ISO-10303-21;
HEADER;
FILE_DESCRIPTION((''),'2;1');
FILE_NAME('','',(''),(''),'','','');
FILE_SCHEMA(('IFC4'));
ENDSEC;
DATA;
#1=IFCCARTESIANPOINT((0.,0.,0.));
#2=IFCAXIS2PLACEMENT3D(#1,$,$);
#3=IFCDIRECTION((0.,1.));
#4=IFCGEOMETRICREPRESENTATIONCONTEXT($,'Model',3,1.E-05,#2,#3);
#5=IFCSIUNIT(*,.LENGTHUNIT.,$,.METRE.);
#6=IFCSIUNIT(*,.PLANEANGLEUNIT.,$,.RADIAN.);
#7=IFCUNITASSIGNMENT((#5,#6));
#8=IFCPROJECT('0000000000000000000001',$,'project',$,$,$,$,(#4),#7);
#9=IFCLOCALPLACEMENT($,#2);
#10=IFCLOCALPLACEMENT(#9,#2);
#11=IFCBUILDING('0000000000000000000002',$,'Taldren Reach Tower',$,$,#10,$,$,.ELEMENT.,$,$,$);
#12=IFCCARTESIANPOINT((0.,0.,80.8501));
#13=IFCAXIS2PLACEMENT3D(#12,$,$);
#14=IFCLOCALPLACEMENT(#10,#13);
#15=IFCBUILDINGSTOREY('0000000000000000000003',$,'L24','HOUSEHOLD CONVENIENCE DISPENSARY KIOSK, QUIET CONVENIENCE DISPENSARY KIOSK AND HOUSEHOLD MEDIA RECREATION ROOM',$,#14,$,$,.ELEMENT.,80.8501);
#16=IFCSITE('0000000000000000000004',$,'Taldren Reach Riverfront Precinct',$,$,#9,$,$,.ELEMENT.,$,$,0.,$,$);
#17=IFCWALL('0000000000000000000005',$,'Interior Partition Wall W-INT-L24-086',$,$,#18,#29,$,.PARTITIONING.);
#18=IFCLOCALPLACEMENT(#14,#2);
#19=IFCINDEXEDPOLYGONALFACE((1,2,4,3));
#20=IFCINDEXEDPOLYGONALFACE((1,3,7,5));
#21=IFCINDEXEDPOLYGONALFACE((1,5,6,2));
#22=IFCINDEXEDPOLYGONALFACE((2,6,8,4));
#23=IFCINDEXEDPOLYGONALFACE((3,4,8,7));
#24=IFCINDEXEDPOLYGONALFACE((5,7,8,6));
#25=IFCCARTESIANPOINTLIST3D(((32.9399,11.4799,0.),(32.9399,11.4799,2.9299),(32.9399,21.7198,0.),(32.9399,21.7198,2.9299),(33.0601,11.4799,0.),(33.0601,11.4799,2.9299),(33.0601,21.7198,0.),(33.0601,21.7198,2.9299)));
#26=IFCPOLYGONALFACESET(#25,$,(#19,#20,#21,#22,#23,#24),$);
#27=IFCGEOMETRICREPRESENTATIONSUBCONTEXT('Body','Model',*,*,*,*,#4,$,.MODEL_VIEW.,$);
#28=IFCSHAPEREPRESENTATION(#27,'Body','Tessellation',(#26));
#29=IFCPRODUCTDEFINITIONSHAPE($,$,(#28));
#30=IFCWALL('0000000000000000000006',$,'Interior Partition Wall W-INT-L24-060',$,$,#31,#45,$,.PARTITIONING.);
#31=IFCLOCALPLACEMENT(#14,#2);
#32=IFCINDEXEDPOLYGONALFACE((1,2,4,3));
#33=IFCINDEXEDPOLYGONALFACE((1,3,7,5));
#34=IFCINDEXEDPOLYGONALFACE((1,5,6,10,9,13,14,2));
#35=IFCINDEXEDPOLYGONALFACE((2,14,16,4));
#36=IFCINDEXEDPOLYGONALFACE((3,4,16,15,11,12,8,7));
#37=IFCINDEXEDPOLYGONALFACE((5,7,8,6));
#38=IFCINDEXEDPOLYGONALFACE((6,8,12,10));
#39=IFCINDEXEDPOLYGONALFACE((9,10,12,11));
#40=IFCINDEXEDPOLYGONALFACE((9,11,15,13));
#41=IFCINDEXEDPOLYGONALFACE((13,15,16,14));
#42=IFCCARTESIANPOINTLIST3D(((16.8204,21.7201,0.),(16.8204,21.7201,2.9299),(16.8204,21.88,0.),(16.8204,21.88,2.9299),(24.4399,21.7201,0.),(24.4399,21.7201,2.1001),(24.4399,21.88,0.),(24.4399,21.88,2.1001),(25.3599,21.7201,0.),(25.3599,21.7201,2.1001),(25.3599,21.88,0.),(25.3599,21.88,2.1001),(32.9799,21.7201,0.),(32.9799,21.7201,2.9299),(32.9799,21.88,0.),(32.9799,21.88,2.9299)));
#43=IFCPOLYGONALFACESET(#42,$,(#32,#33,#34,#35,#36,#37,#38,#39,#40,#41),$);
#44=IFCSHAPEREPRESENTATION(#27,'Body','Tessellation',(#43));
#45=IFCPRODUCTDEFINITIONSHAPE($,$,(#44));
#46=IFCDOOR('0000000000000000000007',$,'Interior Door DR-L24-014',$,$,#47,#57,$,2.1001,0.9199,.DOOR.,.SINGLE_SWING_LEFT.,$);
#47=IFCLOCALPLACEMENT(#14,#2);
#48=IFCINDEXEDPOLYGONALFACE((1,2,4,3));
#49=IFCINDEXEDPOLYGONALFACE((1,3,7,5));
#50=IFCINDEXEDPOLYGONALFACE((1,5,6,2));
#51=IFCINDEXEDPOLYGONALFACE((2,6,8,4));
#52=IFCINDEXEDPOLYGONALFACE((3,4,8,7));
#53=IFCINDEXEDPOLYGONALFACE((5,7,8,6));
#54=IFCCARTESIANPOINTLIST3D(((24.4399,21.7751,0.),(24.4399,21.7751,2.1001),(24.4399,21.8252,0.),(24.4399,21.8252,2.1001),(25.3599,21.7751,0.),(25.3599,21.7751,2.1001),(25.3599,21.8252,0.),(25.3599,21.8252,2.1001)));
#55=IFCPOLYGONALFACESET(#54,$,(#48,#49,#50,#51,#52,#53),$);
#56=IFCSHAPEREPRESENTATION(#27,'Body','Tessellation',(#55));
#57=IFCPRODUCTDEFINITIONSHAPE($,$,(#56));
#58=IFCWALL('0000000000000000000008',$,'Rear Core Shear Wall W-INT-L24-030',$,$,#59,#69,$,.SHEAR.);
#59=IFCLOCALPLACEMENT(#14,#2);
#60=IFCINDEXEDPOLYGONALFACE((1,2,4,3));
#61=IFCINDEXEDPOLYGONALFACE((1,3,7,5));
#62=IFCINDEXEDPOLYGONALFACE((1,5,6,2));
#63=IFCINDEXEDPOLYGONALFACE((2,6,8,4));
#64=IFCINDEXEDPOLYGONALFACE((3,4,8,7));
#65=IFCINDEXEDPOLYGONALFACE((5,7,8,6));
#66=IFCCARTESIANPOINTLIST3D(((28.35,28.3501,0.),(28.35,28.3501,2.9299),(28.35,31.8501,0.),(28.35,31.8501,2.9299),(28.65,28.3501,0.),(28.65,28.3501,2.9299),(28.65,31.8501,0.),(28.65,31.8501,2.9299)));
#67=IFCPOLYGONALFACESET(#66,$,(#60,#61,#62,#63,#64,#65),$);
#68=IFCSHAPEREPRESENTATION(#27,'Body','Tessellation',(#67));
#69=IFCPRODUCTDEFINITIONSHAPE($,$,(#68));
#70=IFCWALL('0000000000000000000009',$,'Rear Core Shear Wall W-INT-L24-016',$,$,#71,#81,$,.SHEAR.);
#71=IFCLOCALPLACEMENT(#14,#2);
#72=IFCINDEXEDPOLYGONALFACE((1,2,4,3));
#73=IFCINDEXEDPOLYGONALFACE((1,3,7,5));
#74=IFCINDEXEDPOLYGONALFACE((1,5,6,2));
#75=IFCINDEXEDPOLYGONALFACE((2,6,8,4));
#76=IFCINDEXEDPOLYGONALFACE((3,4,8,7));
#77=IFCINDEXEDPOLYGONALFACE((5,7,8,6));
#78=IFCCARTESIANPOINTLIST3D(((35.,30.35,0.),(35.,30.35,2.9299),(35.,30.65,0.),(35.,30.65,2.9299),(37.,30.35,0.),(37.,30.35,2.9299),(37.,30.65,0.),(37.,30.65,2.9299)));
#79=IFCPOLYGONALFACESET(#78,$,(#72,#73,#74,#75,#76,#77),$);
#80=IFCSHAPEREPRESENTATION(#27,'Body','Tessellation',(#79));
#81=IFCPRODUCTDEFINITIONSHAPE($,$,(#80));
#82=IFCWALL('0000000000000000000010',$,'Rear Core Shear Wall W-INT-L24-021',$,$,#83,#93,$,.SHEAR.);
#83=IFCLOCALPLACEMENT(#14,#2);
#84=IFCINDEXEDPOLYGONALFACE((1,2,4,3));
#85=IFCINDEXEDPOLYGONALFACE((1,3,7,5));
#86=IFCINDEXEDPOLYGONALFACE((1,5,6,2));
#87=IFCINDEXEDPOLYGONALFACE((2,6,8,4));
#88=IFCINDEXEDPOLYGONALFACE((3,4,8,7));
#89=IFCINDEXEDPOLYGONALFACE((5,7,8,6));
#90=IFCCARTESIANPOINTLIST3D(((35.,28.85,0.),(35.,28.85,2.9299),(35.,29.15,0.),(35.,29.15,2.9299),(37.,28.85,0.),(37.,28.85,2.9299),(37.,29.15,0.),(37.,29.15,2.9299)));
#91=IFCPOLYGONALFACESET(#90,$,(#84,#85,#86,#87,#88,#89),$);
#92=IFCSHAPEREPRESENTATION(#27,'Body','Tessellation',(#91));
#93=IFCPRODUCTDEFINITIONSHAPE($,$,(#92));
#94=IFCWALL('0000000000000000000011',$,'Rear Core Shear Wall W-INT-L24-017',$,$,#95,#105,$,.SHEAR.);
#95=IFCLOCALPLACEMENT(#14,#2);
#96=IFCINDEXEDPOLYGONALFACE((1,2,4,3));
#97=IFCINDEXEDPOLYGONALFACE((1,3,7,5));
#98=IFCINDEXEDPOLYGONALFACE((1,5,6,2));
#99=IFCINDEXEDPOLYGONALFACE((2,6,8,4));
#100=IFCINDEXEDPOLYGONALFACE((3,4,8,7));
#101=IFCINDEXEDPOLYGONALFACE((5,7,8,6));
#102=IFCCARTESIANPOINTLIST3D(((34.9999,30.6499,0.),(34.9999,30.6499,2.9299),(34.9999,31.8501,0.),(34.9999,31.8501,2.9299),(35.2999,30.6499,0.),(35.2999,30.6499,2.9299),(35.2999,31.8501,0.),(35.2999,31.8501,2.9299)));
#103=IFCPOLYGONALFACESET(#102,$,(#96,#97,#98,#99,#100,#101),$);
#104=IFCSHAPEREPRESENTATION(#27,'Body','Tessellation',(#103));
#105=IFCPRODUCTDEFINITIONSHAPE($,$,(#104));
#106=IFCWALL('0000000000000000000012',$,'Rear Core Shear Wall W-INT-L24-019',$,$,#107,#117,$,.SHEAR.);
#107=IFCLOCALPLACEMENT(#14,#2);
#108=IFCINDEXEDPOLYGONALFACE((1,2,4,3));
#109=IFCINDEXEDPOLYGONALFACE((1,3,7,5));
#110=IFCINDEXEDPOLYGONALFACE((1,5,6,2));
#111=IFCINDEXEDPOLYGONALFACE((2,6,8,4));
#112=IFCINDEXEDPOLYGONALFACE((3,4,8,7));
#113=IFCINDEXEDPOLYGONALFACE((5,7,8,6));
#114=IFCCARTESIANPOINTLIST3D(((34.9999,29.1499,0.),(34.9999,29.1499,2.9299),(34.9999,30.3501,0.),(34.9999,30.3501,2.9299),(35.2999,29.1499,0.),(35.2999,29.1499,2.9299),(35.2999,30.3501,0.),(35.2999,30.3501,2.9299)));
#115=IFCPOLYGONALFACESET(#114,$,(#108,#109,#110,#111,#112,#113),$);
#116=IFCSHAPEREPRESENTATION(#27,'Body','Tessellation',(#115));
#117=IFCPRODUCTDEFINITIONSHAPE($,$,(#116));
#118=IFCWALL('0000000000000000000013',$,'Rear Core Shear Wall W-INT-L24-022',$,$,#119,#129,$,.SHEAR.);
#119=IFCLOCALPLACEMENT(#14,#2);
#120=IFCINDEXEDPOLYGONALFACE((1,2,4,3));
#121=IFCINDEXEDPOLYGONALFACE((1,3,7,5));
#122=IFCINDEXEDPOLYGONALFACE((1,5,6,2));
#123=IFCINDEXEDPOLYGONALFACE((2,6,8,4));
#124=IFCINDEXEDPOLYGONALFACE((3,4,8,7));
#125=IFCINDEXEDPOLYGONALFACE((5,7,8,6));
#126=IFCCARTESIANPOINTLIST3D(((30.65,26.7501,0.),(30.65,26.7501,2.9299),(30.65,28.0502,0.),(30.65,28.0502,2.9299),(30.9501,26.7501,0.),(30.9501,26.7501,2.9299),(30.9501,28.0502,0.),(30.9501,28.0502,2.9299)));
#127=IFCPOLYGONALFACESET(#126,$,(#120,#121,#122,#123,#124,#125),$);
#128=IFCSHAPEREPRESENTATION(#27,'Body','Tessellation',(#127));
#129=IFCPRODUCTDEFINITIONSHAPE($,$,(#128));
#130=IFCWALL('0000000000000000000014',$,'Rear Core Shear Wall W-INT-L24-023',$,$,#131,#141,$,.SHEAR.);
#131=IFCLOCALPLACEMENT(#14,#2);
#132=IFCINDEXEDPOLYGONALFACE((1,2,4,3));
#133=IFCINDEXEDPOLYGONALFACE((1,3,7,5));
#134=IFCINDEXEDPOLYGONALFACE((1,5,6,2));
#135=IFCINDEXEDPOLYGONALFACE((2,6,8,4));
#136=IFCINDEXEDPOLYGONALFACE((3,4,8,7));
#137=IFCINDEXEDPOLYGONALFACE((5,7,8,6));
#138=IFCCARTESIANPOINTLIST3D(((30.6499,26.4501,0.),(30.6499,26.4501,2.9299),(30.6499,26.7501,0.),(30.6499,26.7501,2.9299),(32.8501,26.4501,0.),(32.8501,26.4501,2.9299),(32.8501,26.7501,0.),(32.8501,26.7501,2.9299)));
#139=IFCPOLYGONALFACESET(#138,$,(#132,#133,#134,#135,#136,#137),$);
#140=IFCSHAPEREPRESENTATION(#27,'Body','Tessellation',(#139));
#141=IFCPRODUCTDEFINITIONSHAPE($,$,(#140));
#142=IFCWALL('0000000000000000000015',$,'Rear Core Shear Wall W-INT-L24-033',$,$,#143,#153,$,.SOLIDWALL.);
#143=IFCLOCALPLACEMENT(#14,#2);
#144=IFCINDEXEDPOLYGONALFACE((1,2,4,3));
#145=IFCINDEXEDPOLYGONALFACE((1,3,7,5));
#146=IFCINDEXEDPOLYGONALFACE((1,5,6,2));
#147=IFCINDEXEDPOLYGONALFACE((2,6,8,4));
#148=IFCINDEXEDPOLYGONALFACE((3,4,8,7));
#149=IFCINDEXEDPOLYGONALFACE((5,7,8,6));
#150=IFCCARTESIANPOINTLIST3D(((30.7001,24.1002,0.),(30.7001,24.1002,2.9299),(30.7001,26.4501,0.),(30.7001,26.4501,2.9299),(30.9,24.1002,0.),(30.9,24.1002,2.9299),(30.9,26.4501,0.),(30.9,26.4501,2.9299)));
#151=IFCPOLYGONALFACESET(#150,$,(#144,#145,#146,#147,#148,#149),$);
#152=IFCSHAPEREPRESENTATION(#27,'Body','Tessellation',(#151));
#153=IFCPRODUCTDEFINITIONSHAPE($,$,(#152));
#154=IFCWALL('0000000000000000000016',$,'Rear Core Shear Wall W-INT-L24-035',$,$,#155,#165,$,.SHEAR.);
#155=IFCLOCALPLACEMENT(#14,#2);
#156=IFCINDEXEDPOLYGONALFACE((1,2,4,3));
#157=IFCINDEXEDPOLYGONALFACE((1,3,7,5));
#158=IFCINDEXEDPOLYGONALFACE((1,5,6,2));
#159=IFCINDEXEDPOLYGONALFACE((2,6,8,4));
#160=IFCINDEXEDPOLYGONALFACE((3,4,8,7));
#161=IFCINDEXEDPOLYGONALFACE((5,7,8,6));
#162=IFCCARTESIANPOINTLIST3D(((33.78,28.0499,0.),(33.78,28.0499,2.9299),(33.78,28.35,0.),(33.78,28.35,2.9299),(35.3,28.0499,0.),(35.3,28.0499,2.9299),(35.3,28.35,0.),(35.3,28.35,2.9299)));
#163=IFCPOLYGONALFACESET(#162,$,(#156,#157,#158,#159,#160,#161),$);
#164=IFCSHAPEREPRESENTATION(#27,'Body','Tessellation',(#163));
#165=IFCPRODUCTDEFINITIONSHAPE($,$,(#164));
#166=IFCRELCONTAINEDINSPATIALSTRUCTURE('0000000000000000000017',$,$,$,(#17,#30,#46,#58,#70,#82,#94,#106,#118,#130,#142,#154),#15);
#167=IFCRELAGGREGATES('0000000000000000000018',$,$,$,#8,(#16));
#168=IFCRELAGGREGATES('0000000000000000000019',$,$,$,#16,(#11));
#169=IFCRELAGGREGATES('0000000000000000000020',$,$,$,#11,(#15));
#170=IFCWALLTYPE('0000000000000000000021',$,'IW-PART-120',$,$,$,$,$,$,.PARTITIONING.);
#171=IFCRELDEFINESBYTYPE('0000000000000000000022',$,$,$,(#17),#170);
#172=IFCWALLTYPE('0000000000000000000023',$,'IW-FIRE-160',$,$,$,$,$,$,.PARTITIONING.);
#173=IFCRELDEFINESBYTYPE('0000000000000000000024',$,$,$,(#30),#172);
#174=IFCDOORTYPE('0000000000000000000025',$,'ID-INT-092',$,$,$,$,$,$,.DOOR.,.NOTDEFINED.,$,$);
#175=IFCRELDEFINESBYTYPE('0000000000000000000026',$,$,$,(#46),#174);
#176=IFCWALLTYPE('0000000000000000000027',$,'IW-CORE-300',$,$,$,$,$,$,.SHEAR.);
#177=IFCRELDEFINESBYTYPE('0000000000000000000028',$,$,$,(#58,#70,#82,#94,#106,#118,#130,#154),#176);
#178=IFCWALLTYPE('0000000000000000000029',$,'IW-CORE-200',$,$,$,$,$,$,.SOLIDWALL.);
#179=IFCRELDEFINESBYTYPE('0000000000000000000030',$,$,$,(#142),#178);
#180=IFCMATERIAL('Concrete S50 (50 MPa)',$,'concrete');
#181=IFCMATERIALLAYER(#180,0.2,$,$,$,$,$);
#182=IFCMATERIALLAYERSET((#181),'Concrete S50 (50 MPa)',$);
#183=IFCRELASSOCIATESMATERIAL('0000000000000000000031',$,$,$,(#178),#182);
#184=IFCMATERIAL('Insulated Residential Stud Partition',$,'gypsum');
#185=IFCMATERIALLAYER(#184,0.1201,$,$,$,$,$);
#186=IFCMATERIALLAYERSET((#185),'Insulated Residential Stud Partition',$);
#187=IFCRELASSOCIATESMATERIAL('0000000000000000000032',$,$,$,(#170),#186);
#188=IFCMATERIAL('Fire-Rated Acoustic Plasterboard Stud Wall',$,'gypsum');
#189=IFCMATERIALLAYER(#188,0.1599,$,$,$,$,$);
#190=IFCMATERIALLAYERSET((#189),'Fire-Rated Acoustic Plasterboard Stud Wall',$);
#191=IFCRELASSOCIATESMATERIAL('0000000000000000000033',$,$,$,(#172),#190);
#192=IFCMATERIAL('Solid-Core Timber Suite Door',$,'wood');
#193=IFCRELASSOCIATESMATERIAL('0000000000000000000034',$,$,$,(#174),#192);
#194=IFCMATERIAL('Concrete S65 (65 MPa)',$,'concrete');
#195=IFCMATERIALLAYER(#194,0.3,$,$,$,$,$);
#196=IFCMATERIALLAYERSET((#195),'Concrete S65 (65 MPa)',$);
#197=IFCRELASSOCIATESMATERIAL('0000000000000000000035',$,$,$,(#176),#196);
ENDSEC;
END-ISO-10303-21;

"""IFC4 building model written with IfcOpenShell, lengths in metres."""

from ifc_helpers import new_model, si_unit, direction, frame, frame_2d, origin, place, context, subcontext, project, spatial, rectangle, extrude, source, transform, mapped, material, layer, layer_set, type_object, element, fill, save


model = new_model("IFC4")

# Units and contexts
model_context = context("Model", 3, precision=1e-05, world=origin(), true_north=direction((0.0, 1.0)))
body_context = subcontext(model_context, "Body", "Model", "MODEL_VIEW")
ifc_project = project(units=[si_unit("LENGTHUNIT", "METRE"), si_unit("PLANEANGLEUNIT", "RADIAN")], contexts=[model_context])

# Site, building, storey
site_placement = place(None, origin())
site = spatial("IfcSite", under=ifc_project, at=site_placement, Name="Taldren Reach Riverfront Precinct", CompositionType="ELEMENT", RefElevation=0.0)
building_placement = place(site_placement, origin())
building = spatial("IfcBuilding", under=site, at=building_placement, Name="Taldren Reach Tower", CompositionType="ELEMENT")
storey_placement = place(building_placement, frame((0.0, 0.0, 80.8501)))
storey = spatial("IfcBuildingStorey", under=building, at=storey_placement, Name="L24", Description="HOUSEHOLD CONVENIENCE DISPENSARY KIOSK, QUIET CONVENIENCE DISPENSARY KIOSK AND HOUSEHOLD MEDIA RECREATION ROOM", CompositionType="ELEMENT", Elevation=80.8501)

# Shared definitions
ifc_material_1 = material(Name="Concrete S65 (65 MPa)", Category="concrete")

# Shared definitions
ifc_material_2 = material(Name="Concrete S50 (50 MPa)", Category="concrete")
ifc_layer_1 = layer(ifc_material_2, 0.2)
ifc_layer_set_1 = layer_set([ifc_layer_1], Name="Concrete S50 (50 MPa)")
wall_type_1 = type_object("IfcWallType", Name="IW-CORE-200", PredefinedType="SOLIDWALL", material=ifc_layer_set_1)

# Wall
ifc_material_3 = material(Name="Insulated Residential Stud Partition", Category="gypsum")
ifc_layer_2 = layer(ifc_material_3, 0.1201)
ifc_layer_set_2 = layer_set([ifc_layer_2], Name="Insulated Residential Stud Partition")
wall_type_2 = type_object("IfcWallType", Name="IW-PART-120", PredefinedType="PARTITIONING", material=ifc_layer_set_2)
shared_shape_1 = source(origin(), body_context, "Body", "SweptSolid", [
    extrude(rectangle(XDim=10.24, YDim=0.1201, at=frame_2d((5.1201, 0.0))), origin(), (0.0, 0.0, 1.0), 2.9299),
])
wall_1_placement = place(storey_placement, frame((33.0, 21.72, 0.0), z_axis=(0.0, 0.0, 1.0), x_axis=(0.0, -1.0, 0.0)))
element("IfcWall", 1, at=wall_1_placement, inside=storey, type_object=wall_type_2, Name="Interior Partition Wall W-INT-L24-086", PredefinedType="PARTITIONING", context=body_context, shape_type="MappedRepresentation", body=[
    mapped(shared_shape_1, transform((0.0, 0.0, 0.0), scale=1.0)),
])

# Wall, opening, door
ifc_material_4 = material(Name="Fire-Rated Acoustic Plasterboard Stud Wall", Category="gypsum")
ifc_layer_3 = layer(ifc_material_4, 0.1599)
ifc_layer_set_3 = layer_set([ifc_layer_3], Name="Fire-Rated Acoustic Plasterboard Stud Wall")
wall_type_3 = type_object("IfcWallType", Name="IW-FIRE-160", PredefinedType="PARTITIONING", material=ifc_layer_set_3)
shared_shape_2 = source(origin(), body_context, "Body", "SweptSolid", [
    extrude(rectangle(XDim=16.1594, YDim=0.1599, at=frame_2d((8.0796, 0.0))), origin(), (0.0, 0.0, 1.0), 2.9299),
])
wall_2_placement = place(storey_placement, frame((32.9797, 21.8, 0.0), z_axis=(0.0, 0.0, 1.0), x_axis=(-1.0, 0.0, 0.0)))
wall_2 = element("IfcWall", 2, at=wall_2_placement, inside=storey, type_object=wall_type_3, Name="Interior Partition Wall W-INT-L24-060", PredefinedType="PARTITIONING", context=body_context, shape_type="MappedRepresentation", body=[
    mapped(shared_shape_2, transform((0.0, 0.0, 0.0), scale=1.0)),
])
shared_shape_3 = source(origin(), body_context, "Body", "SweptSolid", [
    extrude(rectangle(XDim=0.9199, YDim=2.1001, at=frame_2d((0.46, 1.05))), frame((0.0, 0.0898, 0.0), z_axis=(0.0, -1.0, 0.0), x_axis=(1.0, 0.0, 0.0)), (0.0, 0.0, 1.0), 0.1799),
])
opening_1_placement = place(wall_2_placement, frame((7.6199, 0.0, 0.0)))
opening_1 = element("IfcOpeningElement", 3, at=opening_1_placement, cuts=wall_2, PredefinedType="OPENING", context=body_context, shape_type="MappedRepresentation", body=[
    mapped(shared_shape_3, transform((0.0, 0.0, 0.0), scale=1.0)),
])
ifc_material_5 = material(Name="Solid-Core Timber Suite Door", Category="wood")
door_type_1 = type_object("IfcDoorType", Name="ID-INT-092", OperationType="NOTDEFINED", PredefinedType="DOOR", material=ifc_material_5)
shared_shape_4 = source(origin(), body_context, "Body", "SweptSolid", [
    extrude(rectangle(XDim=0.9199, YDim=2.1001, at=frame_2d((0.46, 1.05))), frame((0.0, 0.0249, 0.0), z_axis=(0.0, -1.0, 0.0), x_axis=(1.0, 0.0, 0.0)), (0.0, 0.0, 1.0), 0.05),
])
door_1_placement = place(opening_1_placement, origin())
door_1 = element("IfcDoor", 4, at=door_1_placement, inside=storey, type_object=door_type_1, Name="Interior Door DR-L24-014", OperationType="SINGLE_SWING_LEFT", OverallHeight=2.1001, OverallWidth=0.9199, PredefinedType="DOOR", context=body_context, shape_type="MappedRepresentation", body=[
    mapped(shared_shape_4, transform((0.0, 0.0, 0.0), scale=1.0)),
])
fill(opening_1, door_1)

# Walls
ifc_layer_4 = layer(ifc_material_1, 0.3)
ifc_layer_set_4 = layer_set([ifc_layer_4], Name="Concrete S65 (65 MPa)")
wall_type_4 = type_object("IfcWallType", Name="IW-CORE-300", PredefinedType="SHEAR", material=ifc_layer_set_4)
shared_shape_5 = source(origin(), body_context, "Body", "SweptSolid", [
    extrude(rectangle(XDim=3.5, YDim=0.3, at=frame_2d((1.75, 0.0))), origin(), (0.0, 0.0, 1.0), 2.9299),
])
wall_3_placement = place(storey_placement, frame((28.5, 28.3501, 0.0), z_axis=(0.0, 0.0, 1.0), x_axis=(0.0, 1.0, 0.0)))
element("IfcWall", 5, at=wall_3_placement, inside=storey, type_object=wall_type_4, Name="Rear Core Shear Wall W-INT-L24-030", PredefinedType="SHEAR", context=body_context, shape_type="MappedRepresentation", body=[
    mapped(shared_shape_5, transform((0.0, 0.0, 0.0), scale=1.0)),
])
shared_shape_6 = source(origin(), body_context, "Body", "SweptSolid", [
    extrude(rectangle(XDim=2.0, YDim=0.3, at=frame_2d((1.0, 0.0))), origin(), (0.0, 0.0, 1.0), 2.9299),
])
for number, where, z_axis, x_axis, name in (
    (6, (35.0, 30.5, 0.0), (0.0, 0.0, 1.0), (1.0, 0.0, 0.0), "Rear Core Shear Wall W-INT-L24-016"),
    (7, (35.0, 29.0, 0.0), (0.0, 0.0, 1.0), (1.0, 0.0, 0.0), "Rear Core Shear Wall W-INT-L24-021"),
):
    element("IfcWall", number, at=place(storey_placement, frame(where, z_axis=z_axis, x_axis=x_axis)), inside=storey, type_object=wall_type_4, Name=name, PredefinedType="SHEAR", context=body_context, shape_type="MappedRepresentation", body=[
        mapped(shared_shape_6, transform((0.0, 0.0, 0.0), scale=1.0)),
    ])
shared_shape_7 = source(origin(), body_context, "Body", "SweptSolid", [
    extrude(rectangle(XDim=1.2002, YDim=0.3, at=frame_2d((0.6001, 0.0))), origin(), (0.0, 0.0, 1.0), 2.9299),
])
for number, where, z_axis, x_axis, name in (
    (8, (35.1499, 31.8501, 0.0), (0.0, 0.0, 1.0), (0.0, -1.0, 0.0), "Rear Core Shear Wall W-INT-L24-017"),
    (9, (35.1499, 30.3501, 0.0), (0.0, 0.0, 1.0), (0.0, -1.0, 0.0), "Rear Core Shear Wall W-INT-L24-019"),
):
    element("IfcWall", number, at=place(storey_placement, frame(where, z_axis=z_axis, x_axis=x_axis)), inside=storey, type_object=wall_type_4, Name=name, PredefinedType="SHEAR", context=body_context, shape_type="MappedRepresentation", body=[
        mapped(shared_shape_7, transform((0.0, 0.0, 0.0), scale=1.0)),
    ])
shared_shape_8 = source(origin(), body_context, "Body", "SweptSolid", [
    extrude(rectangle(XDim=1.3, YDim=0.3, at=frame_2d((0.6499, 0.0))), origin(), (0.0, 0.0, 1.0), 2.9299),
])
wall_4_placement = place(storey_placement, frame((30.8, 28.05, 0.0), z_axis=(0.0, 0.0, 1.0), x_axis=(0.0, -1.0, 0.0)))
element("IfcWall", 10, at=wall_4_placement, inside=storey, type_object=wall_type_4, Name="Rear Core Shear Wall W-INT-L24-022", PredefinedType="SHEAR", context=body_context, shape_type="MappedRepresentation", body=[
    mapped(shared_shape_8, transform((0.0, 0.0, 0.0), scale=1.0)),
])
shared_shape_9 = source(origin(), body_context, "Body", "SweptSolid", [
    extrude(rectangle(XDim=2.2002, YDim=0.3, at=frame_2d((1.1001, 0.0))), origin(), (0.0, 0.0, 1.0), 2.9299),
])
wall_5_placement = place(storey_placement, frame((30.6499, 26.6001, 0.0), z_axis=(0.0, 0.0, 1.0), x_axis=(1.0, 0.0, 0.0)))
element("IfcWall", 11, at=wall_5_placement, inside=storey, type_object=wall_type_4, Name="Rear Core Shear Wall W-INT-L24-023", PredefinedType="SHEAR", context=body_context, shape_type="MappedRepresentation", body=[
    mapped(shared_shape_9, transform((0.0, 0.0, 0.0), scale=1.0)),
])

# Walls
shared_shape_10 = source(origin(), body_context, "Body", "SweptSolid", [
    extrude(rectangle(XDim=2.3499, YDim=0.2, at=frame_2d((1.1748, 0.0))), origin(), (0.0, 0.0, 1.0), 2.9299),
])
wall_6_placement = place(storey_placement, frame((30.8, 26.45, 0.0), z_axis=(0.0, 0.0, 1.0), x_axis=(0.0, -1.0, 0.0)))
element("IfcWall", 12, at=wall_6_placement, inside=storey, type_object=wall_type_1, Name="Rear Core Shear Wall W-INT-L24-033", PredefinedType="SOLIDWALL", context=body_context, shape_type="MappedRepresentation", body=[
    mapped(shared_shape_10, transform((0.0, 0.0, 0.0), scale=1.0)),
])
shared_shape_11 = source(origin(), body_context, "Body", "SweptSolid", [
    extrude(rectangle(XDim=1.52, YDim=0.3, at=frame_2d((0.76, 0.0))), origin(), (0.0, 0.0, 1.0), 2.9299),
])
wall_7_placement = place(storey_placement, frame((33.78, 28.2, 0.0), z_axis=(0.0, 0.0, 1.0), x_axis=(1.0, 0.0, 0.0)))
element("IfcWall", 13, at=wall_7_placement, inside=storey, type_object=wall_type_4, Name="Rear Core Shear Wall W-INT-L24-035", PredefinedType="SHEAR", context=body_context, shape_type="MappedRepresentation", body=[
    mapped(shared_shape_11, transform((0.0, 0.0, 0.0), scale=1.0)),
])

save(model, "model.ifc")
